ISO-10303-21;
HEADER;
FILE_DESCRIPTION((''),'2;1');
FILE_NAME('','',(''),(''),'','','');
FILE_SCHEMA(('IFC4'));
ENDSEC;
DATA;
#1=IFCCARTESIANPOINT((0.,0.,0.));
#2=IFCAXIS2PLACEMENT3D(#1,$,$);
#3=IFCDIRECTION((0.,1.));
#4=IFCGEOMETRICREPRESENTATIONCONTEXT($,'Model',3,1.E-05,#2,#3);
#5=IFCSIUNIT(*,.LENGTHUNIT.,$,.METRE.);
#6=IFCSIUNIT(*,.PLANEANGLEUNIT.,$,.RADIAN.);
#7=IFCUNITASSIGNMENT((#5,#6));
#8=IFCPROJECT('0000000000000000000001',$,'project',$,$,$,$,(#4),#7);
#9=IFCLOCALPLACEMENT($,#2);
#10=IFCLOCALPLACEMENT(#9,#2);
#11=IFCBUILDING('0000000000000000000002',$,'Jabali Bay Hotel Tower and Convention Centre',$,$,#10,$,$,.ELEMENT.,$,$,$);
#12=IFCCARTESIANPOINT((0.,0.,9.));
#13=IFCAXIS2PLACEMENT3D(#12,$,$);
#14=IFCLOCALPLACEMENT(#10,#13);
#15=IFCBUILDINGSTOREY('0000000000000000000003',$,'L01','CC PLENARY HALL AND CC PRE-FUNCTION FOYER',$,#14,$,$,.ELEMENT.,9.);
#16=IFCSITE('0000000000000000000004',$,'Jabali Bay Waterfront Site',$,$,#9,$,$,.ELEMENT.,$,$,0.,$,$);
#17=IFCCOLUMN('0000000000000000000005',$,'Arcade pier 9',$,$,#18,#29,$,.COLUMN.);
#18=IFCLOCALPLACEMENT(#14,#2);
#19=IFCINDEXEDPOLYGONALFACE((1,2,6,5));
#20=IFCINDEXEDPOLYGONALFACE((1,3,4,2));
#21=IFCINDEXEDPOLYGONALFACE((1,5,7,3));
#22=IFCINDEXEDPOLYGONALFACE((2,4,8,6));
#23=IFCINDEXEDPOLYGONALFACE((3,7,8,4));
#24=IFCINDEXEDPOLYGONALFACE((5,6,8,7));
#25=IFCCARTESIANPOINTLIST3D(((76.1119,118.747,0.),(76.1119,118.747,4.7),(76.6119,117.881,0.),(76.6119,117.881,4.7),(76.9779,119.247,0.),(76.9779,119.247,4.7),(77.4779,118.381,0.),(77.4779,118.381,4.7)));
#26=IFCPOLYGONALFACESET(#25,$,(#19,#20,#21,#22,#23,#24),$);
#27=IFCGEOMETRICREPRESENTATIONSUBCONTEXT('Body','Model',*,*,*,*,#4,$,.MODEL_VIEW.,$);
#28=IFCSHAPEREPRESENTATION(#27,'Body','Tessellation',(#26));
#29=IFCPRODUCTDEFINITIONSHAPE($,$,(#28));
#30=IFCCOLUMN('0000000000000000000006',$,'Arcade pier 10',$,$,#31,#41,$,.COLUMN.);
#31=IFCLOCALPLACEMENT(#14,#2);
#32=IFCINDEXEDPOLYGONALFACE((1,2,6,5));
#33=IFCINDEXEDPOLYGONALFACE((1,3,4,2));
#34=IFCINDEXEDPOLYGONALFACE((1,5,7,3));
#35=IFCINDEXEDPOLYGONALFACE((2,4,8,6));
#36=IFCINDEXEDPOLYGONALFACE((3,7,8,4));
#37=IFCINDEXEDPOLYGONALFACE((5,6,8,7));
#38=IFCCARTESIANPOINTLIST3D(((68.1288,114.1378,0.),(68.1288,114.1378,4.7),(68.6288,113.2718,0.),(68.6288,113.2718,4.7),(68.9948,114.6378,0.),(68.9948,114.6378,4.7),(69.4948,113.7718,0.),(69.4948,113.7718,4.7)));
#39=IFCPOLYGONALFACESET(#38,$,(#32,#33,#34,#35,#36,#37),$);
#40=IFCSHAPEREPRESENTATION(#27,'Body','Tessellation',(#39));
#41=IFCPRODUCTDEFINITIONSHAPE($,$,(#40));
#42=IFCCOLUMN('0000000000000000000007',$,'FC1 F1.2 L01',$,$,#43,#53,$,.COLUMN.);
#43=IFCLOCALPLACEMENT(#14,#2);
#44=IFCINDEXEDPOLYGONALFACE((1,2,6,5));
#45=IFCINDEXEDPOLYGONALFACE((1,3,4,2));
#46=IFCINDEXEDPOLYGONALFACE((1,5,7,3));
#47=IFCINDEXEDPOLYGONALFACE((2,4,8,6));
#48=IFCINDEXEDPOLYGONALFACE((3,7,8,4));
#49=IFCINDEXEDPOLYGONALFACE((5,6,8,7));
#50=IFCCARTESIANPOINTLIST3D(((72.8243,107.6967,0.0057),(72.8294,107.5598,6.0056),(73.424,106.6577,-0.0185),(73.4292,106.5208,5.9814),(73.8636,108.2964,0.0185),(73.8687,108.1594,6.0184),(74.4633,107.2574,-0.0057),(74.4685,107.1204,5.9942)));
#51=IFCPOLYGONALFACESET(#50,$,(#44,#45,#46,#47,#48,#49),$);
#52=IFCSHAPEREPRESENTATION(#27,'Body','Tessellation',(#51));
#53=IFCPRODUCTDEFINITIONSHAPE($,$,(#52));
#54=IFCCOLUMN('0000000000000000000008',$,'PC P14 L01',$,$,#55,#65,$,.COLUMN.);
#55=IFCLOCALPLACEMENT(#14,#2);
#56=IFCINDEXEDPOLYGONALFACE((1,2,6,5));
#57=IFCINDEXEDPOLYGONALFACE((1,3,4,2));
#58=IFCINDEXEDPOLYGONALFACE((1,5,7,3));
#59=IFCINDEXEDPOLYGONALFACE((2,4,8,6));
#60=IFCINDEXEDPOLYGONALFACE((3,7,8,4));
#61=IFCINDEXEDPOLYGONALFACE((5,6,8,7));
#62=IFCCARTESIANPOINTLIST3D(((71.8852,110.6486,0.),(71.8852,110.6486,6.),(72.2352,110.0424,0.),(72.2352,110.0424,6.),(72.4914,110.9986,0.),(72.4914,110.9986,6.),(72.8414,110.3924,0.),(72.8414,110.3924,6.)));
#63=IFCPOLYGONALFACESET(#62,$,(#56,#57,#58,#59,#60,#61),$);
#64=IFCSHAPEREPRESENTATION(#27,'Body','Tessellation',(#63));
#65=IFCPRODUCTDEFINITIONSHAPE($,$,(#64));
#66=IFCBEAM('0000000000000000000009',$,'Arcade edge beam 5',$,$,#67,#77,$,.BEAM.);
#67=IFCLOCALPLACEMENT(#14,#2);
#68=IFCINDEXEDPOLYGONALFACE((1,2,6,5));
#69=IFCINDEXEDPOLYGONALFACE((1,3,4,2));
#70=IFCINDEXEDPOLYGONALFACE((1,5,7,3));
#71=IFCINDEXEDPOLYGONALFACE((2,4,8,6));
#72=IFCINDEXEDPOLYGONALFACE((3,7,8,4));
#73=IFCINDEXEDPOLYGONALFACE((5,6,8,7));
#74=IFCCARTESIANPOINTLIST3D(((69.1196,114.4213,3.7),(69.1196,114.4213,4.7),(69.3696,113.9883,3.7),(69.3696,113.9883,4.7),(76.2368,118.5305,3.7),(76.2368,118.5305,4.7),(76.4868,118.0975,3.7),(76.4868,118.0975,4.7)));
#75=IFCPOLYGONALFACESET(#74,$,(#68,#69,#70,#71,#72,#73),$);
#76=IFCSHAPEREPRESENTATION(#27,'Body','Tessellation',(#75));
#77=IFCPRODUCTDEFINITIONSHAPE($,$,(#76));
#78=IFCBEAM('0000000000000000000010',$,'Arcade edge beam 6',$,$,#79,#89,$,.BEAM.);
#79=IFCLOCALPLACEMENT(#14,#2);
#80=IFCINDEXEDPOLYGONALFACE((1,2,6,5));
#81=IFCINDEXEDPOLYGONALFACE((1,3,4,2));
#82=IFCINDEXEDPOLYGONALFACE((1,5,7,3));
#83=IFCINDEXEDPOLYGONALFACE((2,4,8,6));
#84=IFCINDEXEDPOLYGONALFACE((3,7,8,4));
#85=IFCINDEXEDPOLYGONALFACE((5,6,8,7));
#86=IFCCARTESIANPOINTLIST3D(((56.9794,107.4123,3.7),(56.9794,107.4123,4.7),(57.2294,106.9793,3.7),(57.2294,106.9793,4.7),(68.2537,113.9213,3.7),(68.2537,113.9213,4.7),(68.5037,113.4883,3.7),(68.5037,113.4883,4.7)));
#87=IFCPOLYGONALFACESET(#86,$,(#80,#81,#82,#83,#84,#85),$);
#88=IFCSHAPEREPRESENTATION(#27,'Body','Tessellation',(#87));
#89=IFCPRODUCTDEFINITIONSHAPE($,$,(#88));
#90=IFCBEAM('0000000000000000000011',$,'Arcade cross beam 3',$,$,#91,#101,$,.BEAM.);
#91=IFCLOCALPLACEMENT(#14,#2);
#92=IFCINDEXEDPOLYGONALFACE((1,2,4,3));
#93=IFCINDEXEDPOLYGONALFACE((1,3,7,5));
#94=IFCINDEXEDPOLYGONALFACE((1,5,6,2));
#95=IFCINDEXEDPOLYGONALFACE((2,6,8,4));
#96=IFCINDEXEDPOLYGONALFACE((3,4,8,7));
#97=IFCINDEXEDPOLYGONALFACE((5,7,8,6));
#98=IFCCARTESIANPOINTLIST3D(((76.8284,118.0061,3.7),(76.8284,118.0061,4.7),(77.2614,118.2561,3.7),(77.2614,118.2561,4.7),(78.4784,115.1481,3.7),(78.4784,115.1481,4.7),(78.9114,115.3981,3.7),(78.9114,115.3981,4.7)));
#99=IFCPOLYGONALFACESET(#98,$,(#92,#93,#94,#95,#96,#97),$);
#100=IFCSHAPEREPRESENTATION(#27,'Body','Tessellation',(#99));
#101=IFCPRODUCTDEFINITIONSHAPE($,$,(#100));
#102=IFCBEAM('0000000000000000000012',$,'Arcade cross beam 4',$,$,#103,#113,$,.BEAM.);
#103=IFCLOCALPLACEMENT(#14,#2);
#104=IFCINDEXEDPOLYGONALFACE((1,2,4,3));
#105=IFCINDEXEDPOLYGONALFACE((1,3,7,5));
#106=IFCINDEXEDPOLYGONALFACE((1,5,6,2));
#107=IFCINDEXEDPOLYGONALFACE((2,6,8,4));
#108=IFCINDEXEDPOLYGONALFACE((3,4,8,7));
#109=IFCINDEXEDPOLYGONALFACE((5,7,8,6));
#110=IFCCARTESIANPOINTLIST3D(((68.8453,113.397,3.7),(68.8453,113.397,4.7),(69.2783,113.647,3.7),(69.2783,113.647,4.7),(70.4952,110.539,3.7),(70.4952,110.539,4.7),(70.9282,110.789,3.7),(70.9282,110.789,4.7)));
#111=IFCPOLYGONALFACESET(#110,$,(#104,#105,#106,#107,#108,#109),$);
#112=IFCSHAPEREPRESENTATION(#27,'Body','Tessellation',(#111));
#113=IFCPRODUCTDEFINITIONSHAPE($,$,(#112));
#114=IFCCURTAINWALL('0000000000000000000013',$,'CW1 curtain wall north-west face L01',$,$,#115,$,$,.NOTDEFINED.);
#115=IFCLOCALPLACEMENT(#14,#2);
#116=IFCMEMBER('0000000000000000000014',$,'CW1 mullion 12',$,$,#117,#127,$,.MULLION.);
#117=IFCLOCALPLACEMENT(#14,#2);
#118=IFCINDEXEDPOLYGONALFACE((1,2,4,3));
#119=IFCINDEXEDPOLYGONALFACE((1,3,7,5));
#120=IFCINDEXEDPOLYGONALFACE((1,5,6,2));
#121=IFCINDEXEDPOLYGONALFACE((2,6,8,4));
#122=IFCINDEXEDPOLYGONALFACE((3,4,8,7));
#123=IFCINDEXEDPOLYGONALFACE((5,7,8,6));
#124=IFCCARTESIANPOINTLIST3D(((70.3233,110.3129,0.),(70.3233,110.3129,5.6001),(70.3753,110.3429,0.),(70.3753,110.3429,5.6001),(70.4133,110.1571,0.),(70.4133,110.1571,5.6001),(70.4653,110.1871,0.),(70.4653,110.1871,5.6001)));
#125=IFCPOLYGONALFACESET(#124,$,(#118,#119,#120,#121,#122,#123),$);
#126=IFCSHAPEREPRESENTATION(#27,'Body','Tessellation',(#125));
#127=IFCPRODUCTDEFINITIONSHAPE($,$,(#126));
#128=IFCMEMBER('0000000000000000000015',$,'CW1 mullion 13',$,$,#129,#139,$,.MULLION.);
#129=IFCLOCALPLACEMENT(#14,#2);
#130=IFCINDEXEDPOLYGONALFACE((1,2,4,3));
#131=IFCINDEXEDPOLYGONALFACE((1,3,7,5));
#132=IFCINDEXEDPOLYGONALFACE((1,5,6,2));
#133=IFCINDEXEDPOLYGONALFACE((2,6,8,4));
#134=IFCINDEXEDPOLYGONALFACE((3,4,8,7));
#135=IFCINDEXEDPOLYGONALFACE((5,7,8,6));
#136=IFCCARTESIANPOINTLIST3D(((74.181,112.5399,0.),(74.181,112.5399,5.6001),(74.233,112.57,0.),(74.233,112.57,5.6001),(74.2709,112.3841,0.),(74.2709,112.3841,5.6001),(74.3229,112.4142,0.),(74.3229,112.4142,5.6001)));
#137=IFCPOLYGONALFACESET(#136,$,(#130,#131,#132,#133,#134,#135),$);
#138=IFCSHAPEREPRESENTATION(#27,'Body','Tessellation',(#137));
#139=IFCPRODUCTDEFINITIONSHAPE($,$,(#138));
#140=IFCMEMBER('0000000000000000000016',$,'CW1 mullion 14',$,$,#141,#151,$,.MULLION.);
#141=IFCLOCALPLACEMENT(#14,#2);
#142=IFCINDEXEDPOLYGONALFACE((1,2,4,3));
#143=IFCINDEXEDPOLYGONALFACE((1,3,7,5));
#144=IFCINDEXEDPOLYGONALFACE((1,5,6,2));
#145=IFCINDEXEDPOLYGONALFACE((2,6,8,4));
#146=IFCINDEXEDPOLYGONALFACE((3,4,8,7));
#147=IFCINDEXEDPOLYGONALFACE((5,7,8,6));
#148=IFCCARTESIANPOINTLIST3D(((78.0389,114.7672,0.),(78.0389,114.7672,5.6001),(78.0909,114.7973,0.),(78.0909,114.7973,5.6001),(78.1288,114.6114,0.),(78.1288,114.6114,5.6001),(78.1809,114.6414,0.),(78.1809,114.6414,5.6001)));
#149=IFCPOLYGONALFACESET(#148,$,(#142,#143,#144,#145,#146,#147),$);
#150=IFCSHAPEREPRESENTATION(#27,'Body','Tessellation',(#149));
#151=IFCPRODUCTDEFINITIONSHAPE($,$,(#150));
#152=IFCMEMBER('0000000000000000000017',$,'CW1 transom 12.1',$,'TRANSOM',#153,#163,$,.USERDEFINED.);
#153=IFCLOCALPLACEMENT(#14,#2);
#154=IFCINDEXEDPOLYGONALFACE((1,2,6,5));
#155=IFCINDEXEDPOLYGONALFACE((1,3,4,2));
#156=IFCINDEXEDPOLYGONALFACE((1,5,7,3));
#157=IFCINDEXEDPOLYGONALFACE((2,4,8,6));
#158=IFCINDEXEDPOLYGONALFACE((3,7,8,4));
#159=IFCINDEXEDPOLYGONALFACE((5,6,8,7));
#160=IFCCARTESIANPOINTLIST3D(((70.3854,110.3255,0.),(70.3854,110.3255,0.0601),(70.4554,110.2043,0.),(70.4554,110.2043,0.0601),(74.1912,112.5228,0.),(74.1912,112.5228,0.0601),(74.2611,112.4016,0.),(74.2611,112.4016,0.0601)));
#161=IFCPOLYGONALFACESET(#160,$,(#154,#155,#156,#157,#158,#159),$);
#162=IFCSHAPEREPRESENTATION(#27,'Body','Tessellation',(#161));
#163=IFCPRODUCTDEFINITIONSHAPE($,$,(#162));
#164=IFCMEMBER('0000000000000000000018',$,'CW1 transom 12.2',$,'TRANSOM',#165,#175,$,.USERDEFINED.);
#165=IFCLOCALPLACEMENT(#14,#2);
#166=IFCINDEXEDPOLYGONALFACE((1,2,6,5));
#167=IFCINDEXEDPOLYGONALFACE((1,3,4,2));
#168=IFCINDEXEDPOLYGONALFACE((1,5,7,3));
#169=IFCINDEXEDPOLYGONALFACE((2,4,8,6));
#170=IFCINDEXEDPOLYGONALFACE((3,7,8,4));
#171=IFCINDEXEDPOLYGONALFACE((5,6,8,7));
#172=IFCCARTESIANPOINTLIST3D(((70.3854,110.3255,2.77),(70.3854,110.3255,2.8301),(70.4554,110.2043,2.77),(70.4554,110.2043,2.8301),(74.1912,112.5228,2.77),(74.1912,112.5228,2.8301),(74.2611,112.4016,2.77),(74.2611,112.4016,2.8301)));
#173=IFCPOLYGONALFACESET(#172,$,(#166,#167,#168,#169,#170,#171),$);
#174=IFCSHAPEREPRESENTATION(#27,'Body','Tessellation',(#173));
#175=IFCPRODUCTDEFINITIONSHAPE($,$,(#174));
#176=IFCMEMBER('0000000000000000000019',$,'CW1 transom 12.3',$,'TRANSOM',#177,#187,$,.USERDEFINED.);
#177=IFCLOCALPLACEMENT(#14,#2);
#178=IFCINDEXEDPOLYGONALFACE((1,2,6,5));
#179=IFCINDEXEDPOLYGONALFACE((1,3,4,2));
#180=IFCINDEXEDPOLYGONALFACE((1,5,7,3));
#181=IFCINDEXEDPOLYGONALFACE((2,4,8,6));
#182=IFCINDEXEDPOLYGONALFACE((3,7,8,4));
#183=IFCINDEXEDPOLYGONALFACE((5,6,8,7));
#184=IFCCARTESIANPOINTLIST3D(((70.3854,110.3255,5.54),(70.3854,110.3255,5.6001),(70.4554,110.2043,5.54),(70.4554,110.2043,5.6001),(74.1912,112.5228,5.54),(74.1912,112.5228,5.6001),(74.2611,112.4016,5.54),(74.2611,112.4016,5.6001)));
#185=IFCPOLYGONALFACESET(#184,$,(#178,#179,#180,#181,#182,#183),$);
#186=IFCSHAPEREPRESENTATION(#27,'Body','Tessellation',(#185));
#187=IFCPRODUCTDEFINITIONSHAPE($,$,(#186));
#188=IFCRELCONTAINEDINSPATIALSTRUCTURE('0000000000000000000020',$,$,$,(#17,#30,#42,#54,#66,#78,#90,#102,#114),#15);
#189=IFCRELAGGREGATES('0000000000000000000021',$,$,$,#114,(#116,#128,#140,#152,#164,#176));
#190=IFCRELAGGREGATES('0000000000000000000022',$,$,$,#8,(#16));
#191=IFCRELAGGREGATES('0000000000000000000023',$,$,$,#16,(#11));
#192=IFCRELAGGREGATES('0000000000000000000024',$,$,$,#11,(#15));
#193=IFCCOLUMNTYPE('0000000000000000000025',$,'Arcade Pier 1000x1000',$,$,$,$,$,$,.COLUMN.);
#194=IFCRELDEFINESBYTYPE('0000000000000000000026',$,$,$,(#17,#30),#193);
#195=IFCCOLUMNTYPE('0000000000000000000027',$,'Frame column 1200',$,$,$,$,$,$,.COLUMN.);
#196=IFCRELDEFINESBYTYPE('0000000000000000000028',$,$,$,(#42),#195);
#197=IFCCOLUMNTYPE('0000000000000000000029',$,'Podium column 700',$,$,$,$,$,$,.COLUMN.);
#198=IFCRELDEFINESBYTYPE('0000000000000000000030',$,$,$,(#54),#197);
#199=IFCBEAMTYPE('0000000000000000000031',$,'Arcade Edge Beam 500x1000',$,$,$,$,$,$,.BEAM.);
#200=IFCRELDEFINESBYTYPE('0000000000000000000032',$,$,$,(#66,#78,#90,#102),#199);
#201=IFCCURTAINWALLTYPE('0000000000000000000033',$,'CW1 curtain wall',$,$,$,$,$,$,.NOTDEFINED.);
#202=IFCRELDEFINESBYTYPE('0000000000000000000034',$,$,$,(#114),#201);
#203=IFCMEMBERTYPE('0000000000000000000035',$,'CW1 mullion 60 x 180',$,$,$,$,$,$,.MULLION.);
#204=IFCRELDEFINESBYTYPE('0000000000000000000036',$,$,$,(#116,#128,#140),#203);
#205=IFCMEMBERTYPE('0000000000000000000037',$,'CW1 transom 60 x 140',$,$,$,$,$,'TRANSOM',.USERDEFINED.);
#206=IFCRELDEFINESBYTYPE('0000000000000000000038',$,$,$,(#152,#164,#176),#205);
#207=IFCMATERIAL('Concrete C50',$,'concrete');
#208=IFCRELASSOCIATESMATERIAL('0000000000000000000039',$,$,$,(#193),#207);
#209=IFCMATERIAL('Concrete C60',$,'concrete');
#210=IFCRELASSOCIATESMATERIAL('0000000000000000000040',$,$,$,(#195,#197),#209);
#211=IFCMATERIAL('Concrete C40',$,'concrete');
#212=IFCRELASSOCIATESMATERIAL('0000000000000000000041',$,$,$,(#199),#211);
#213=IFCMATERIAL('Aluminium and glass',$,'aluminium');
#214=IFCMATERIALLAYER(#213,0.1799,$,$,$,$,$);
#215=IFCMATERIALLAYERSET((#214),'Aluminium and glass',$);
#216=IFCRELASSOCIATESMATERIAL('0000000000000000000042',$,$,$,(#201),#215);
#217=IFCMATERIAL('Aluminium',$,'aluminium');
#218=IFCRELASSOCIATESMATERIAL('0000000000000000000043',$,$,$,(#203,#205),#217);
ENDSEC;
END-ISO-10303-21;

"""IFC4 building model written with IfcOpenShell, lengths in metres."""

from ifc_helpers import new_model, si_unit, direction, frame, origin, origin_2d, place, context, subcontext, project, spatial, rectangle, extrude, material, layer, layer_set, material_profile, profile_set, type_object, element, aggregate, save


model = new_model("IFC4")

# Units and contexts
model_context = context("Model", 3, precision=1e-05, world=origin(), true_north=direction((0.0, 1.0)))
body_context = subcontext(model_context, "Body", "Model", "MODEL_VIEW")
ifc_project = project(units=[si_unit("LENGTHUNIT", "METRE"), si_unit("PLANEANGLEUNIT", "RADIAN")], contexts=[model_context])

# Site, building, storey
site_placement = place(None, origin())
site = spatial("IfcSite", under=ifc_project, at=site_placement, Name="Jabali Bay Waterfront Site", CompositionType="ELEMENT", RefElevation=0.0)
building_placement = place(site_placement, origin())
building = spatial("IfcBuilding", under=site, at=building_placement, Name="Jabali Bay Hotel Tower and Convention Centre", CompositionType="ELEMENT")
storey_placement = place(building_placement, frame((0.0, 0.0, 9.0)))
storey = spatial("IfcBuildingStorey", under=building, at=storey_placement, Name="L01", Description="CC PLENARY HALL AND CC PRE-FUNCTION FOYER", CompositionType="ELEMENT", Elevation=9.0)

# Columns
ifc_material_1 = material(Name="Concrete C50", Category="concrete")
ifc_material_profile_1 = material_profile(ifc_material_1, rectangle(XDim=1.0, YDim=1.0, at=origin_2d()), Name="RC 1000x1000")
ifc_profile_set_1 = profile_set([ifc_material_profile_1], Name="Concrete C50")
column_type_1 = type_object("IfcColumnType", Name="Arcade Pier 1000x1000", PredefinedType="COLUMN", material=ifc_profile_set_1)
for number, where, z_axis, x_axis, name in (
    (1, (76.7949, 118.564, 0.0), (0.0, 0.0, 1.0), (-0.866025, -0.5, 0.0), "Arcade pier 9"),
    (2, (68.8118, 113.9548, 0.0), (0.0, 0.0, 1.0), (-0.866025, -0.5, 0.0), "Arcade pier 10"),
):
    element("IfcColumn", number, at=place(storey_placement, frame(where, z_axis=z_axis, x_axis=x_axis)), inside=storey, type_object=column_type_1, Name=name, PredefinedType="COLUMN", context=body_context, shape_type="SweptSolid", body=[
        extrude(rectangle(XDim=1.0, YDim=1.0, at=origin_2d()), origin(), (0.0, 0.0, 1.0), 4.7),
    ])
ifc_material_2 = material(Name="Concrete C60", Category="concrete")
ifc_material_profile_2 = material_profile(ifc_material_2, rectangle(XDim=1.2, YDim=1.2, at=origin_2d()), Name="Frame column 1200")
ifc_profile_set_2 = profile_set([ifc_material_profile_2], Name="Concrete C60")
column_type_2 = type_object("IfcColumnType", Name="Frame column 1200", PredefinedType="COLUMN", material=ifc_profile_set_2)
column_1_placement = place(storey_placement, frame((73.6438, 107.4771, 0.0), z_axis=(0.000854, -0.022821, 0.999739), x_axis=(0.866126, 0.499711, 0.010667)))
element("IfcColumn", 3, at=column_1_placement, inside=storey, type_object=column_type_2, Name="FC1 F1.2 L01", PredefinedType="COLUMN", context=body_context, shape_type="SweptSolid", body=[
    extrude(rectangle(XDim=1.2, YDim=1.2, at=origin_2d()), origin(), (0.0, 0.0, 1.0), 6.0015),
])
ifc_material_profile_3 = material_profile(ifc_material_2, rectangle(XDim=0.7, YDim=0.7, at=origin_2d()), Name="Podium column 700")
ifc_profile_set_3 = profile_set([ifc_material_profile_3], Name="Concrete C60")
column_type_3 = type_object("IfcColumnType", Name="Podium column 700", PredefinedType="COLUMN", material=ifc_profile_set_3)
column_2_placement = place(storey_placement, frame((72.3633, 110.5205, 0.0), z_axis=(0.0, 0.0, 1.0), x_axis=(0.866025, 0.5, 0.0)))
element("IfcColumn", 4, at=column_2_placement, inside=storey, type_object=column_type_3, Name="PC P14 L01", PredefinedType="COLUMN", context=body_context, shape_type="SweptSolid", body=[
    extrude(rectangle(XDim=0.7, YDim=0.7, at=origin_2d()), origin(), (0.0, 0.0, 1.0), 6.0),
])

# Beams
ifc_material_3 = material(Name="Concrete C40", Category="concrete")
ifc_material_profile_4 = material_profile(ifc_material_3, rectangle(XDim=0.5, YDim=1.0, at=origin_2d()), Name="RC 500x1000")
ifc_profile_set_4 = profile_set([ifc_material_profile_4], Name="Concrete C40")
beam_type = type_object("IfcBeamType", Name="Arcade Edge Beam 500x1000", PredefinedType="BEAM", material=ifc_profile_set_4)
beam_1_placement = place(storey_placement, frame((76.3618, 118.314, 4.2), z_axis=(-0.866024, -0.500002, 0.0), x_axis=(0.500002, -0.866024, 0.0)))
element("IfcBeam", 5, at=beam_1_placement, inside=storey, type_object=beam_type, Name="Arcade edge beam 5", PredefinedType="BEAM", context=body_context, shape_type="SweptSolid", body=[
    extrude(rectangle(XDim=0.5, YDim=1.0, at=origin_2d()), origin(), (0.0, 0.0, 1.0), 8.2183),
])
beam_2_placement = place(storey_placement, frame((68.3787, 113.7048, 4.2), z_axis=(-0.866029, -0.499994, 0.0), x_axis=(0.499994, -0.866029, 0.0)))
element("IfcBeam", 6, at=beam_2_placement, inside=storey, type_object=beam_type, Name="Arcade edge beam 6", PredefinedType="BEAM", context=body_context, shape_type="SweptSolid", body=[
    extrude(rectangle(XDim=0.5, YDim=1.0, at=origin_2d()), origin(), (0.0, 0.0, 1.0), 13.0183),
])
for number, where, z_axis, x_axis, name in (
    (7, (77.0449, 118.1311, 4.2), (0.499974, -0.86604, 0.0), (0.86604, 0.499974, 0.0), "Arcade cross beam 3"),
    (8, (69.0618, 113.522, 4.2), (0.499974, -0.86604, 0.0), (0.86604, 0.499974, 0.0), "Arcade cross beam 4"),
):
    element("IfcBeam", number, at=place(storey_placement, frame(where, z_axis=z_axis, x_axis=x_axis)), inside=storey, type_object=beam_type, Name=name, PredefinedType="BEAM", context=body_context, shape_type="SweptSolid", body=[
        extrude(rectangle(XDim=0.5, YDim=1.0, at=origin_2d()), origin(), (0.0, 0.0, 1.0), 3.3),
    ])

# Curtain wall, members
ifc_material_4 = material(Name="Aluminium and glass", Category="aluminium")
ifc_layer_1 = layer(ifc_material_4, 0.1799)
ifc_layer_set_1 = layer_set([ifc_layer_1], Name="Aluminium and glass")
curtain_wall_type = type_object("IfcCurtainWallType", Name="CW1 curtain wall", PredefinedType="NOTDEFINED", material=ifc_layer_set_1)
curtain_wall_placement = place(storey_placement, origin())
curtain_wall = element("IfcCurtainWall", 9, at=curtain_wall_placement, inside=storey, type_object=curtain_wall_type, Name="CW1 curtain wall north-west face L01", PredefinedType="NOTDEFINED")
ifc_material_5 = material(Name="Aluminium", Category="aluminium")
ifc_material_profile_5 = material_profile(ifc_material_5, rectangle(XDim=0.1799, YDim=0.0601, at=origin_2d()), Name="CW1 mullion 60 x 180")
ifc_profile_set_5 = profile_set([ifc_material_profile_5], Name="Aluminium")
member_type_1 = type_object("IfcMemberType", Name="CW1 mullion 60 x 180", PredefinedType="MULLION", material=ifc_profile_set_5)
member_1_placement = place(storey_placement, frame((70.3943, 110.25, 0.0), z_axis=(0.0, 0.0, 1.0), x_axis=(-0.5, 0.866025, 0.0)))
member_1 = element("IfcMember", 10, at=member_1_placement, type_object=member_type_1, Name="CW1 mullion 12", PredefinedType="MULLION", context=body_context, shape_type="SweptSolid", body=[
    extrude(rectangle(XDim=0.1799, YDim=0.0601, at=origin_2d()), origin(), (0.0, 0.0, 1.0), 5.6001),
])
member_2_placement = place(storey_placement, frame((74.252, 112.4771, 0.0), z_axis=(0.0, 0.0, 1.0), x_axis=(-0.5, 0.866025, 0.0)))
member_2 = element("IfcMember", 11, at=member_2_placement, type_object=member_type_1, Name="CW1 mullion 13", PredefinedType="MULLION", context=body_context, shape_type="SweptSolid", body=[
    extrude(rectangle(XDim=0.1799, YDim=0.0601, at=origin_2d()), origin(), (0.0, 0.0, 1.0), 5.6001),
])
member_3_placement = place(storey_placement, frame((78.1099, 114.7043, 0.0), z_axis=(0.0, 0.0, 1.0), x_axis=(-0.5, 0.866025, 0.0)))
member_3 = element("IfcMember", 12, at=member_3_placement, type_object=member_type_1, Name="CW1 mullion 14", PredefinedType="MULLION", context=body_context, shape_type="SweptSolid", body=[
    extrude(rectangle(XDim=0.1799, YDim=0.0601, at=origin_2d()), origin(), (0.0, 0.0, 1.0), 5.6001),
])
ifc_material_profile_6 = material_profile(ifc_material_5, rectangle(XDim=0.1399, YDim=0.0601, at=origin_2d()), Name="CW1 transom 60 x 140")
ifc_profile_set_6 = profile_set([ifc_material_profile_6], Name="Aluminium")
member_type_2 = type_object("IfcMemberType", Name="CW1 transom 60 x 140", ElementType="TRANSOM", PredefinedType="USERDEFINED", material=ifc_profile_set_6)
member_4_placement = place(storey_placement, frame((70.4204, 110.2649, 0.03), z_axis=(0.866019, 0.500011, 0.0), x_axis=(-0.500011, 0.866019, 0.0)))
member_4 = element("IfcMember", 13, at=member_4_placement, type_object=member_type_2, Name="CW1 transom 12.1", ObjectType="TRANSOM", PredefinedType="USERDEFINED", context=body_context, shape_type="SweptSolid", body=[
    extrude(rectangle(XDim=0.1399, YDim=0.0601, at=origin_2d()), origin(), (0.0, 0.0, 1.0), 4.3945),
])
member_5_placement = place(storey_placement, frame((70.4204, 110.2649, 2.8), z_axis=(0.866019, 0.500011, 0.0), x_axis=(-0.500011, 0.866019, 0.0)))
member_5 = element("IfcMember", 14, at=member_5_placement, type_object=member_type_2, Name="CW1 transom 12.2", ObjectType="TRANSOM", PredefinedType="USERDEFINED", context=body_context, shape_type="SweptSolid", body=[
    extrude(rectangle(XDim=0.1399, YDim=0.0601, at=origin_2d()), origin(), (0.0, 0.0, 1.0), 4.3945),
])
member_6_placement = place(storey_placement, frame((70.4204, 110.2649, 5.5701), z_axis=(0.866019, 0.500011, 0.0), x_axis=(-0.500011, 0.866019, 0.0)))
member_6 = element("IfcMember", 15, at=member_6_placement, type_object=member_type_2, Name="CW1 transom 12.3", ObjectType="TRANSOM", PredefinedType="USERDEFINED", context=body_context, shape_type="SweptSolid", body=[
    extrude(rectangle(XDim=0.1399, YDim=0.0601, at=origin_2d()), origin(), (0.0, 0.0, 1.0), 4.3945),
])
aggregate(curtain_wall, [member_1, member_2, member_3, member_4, member_5, member_6])

save(model, "model.ifc")
